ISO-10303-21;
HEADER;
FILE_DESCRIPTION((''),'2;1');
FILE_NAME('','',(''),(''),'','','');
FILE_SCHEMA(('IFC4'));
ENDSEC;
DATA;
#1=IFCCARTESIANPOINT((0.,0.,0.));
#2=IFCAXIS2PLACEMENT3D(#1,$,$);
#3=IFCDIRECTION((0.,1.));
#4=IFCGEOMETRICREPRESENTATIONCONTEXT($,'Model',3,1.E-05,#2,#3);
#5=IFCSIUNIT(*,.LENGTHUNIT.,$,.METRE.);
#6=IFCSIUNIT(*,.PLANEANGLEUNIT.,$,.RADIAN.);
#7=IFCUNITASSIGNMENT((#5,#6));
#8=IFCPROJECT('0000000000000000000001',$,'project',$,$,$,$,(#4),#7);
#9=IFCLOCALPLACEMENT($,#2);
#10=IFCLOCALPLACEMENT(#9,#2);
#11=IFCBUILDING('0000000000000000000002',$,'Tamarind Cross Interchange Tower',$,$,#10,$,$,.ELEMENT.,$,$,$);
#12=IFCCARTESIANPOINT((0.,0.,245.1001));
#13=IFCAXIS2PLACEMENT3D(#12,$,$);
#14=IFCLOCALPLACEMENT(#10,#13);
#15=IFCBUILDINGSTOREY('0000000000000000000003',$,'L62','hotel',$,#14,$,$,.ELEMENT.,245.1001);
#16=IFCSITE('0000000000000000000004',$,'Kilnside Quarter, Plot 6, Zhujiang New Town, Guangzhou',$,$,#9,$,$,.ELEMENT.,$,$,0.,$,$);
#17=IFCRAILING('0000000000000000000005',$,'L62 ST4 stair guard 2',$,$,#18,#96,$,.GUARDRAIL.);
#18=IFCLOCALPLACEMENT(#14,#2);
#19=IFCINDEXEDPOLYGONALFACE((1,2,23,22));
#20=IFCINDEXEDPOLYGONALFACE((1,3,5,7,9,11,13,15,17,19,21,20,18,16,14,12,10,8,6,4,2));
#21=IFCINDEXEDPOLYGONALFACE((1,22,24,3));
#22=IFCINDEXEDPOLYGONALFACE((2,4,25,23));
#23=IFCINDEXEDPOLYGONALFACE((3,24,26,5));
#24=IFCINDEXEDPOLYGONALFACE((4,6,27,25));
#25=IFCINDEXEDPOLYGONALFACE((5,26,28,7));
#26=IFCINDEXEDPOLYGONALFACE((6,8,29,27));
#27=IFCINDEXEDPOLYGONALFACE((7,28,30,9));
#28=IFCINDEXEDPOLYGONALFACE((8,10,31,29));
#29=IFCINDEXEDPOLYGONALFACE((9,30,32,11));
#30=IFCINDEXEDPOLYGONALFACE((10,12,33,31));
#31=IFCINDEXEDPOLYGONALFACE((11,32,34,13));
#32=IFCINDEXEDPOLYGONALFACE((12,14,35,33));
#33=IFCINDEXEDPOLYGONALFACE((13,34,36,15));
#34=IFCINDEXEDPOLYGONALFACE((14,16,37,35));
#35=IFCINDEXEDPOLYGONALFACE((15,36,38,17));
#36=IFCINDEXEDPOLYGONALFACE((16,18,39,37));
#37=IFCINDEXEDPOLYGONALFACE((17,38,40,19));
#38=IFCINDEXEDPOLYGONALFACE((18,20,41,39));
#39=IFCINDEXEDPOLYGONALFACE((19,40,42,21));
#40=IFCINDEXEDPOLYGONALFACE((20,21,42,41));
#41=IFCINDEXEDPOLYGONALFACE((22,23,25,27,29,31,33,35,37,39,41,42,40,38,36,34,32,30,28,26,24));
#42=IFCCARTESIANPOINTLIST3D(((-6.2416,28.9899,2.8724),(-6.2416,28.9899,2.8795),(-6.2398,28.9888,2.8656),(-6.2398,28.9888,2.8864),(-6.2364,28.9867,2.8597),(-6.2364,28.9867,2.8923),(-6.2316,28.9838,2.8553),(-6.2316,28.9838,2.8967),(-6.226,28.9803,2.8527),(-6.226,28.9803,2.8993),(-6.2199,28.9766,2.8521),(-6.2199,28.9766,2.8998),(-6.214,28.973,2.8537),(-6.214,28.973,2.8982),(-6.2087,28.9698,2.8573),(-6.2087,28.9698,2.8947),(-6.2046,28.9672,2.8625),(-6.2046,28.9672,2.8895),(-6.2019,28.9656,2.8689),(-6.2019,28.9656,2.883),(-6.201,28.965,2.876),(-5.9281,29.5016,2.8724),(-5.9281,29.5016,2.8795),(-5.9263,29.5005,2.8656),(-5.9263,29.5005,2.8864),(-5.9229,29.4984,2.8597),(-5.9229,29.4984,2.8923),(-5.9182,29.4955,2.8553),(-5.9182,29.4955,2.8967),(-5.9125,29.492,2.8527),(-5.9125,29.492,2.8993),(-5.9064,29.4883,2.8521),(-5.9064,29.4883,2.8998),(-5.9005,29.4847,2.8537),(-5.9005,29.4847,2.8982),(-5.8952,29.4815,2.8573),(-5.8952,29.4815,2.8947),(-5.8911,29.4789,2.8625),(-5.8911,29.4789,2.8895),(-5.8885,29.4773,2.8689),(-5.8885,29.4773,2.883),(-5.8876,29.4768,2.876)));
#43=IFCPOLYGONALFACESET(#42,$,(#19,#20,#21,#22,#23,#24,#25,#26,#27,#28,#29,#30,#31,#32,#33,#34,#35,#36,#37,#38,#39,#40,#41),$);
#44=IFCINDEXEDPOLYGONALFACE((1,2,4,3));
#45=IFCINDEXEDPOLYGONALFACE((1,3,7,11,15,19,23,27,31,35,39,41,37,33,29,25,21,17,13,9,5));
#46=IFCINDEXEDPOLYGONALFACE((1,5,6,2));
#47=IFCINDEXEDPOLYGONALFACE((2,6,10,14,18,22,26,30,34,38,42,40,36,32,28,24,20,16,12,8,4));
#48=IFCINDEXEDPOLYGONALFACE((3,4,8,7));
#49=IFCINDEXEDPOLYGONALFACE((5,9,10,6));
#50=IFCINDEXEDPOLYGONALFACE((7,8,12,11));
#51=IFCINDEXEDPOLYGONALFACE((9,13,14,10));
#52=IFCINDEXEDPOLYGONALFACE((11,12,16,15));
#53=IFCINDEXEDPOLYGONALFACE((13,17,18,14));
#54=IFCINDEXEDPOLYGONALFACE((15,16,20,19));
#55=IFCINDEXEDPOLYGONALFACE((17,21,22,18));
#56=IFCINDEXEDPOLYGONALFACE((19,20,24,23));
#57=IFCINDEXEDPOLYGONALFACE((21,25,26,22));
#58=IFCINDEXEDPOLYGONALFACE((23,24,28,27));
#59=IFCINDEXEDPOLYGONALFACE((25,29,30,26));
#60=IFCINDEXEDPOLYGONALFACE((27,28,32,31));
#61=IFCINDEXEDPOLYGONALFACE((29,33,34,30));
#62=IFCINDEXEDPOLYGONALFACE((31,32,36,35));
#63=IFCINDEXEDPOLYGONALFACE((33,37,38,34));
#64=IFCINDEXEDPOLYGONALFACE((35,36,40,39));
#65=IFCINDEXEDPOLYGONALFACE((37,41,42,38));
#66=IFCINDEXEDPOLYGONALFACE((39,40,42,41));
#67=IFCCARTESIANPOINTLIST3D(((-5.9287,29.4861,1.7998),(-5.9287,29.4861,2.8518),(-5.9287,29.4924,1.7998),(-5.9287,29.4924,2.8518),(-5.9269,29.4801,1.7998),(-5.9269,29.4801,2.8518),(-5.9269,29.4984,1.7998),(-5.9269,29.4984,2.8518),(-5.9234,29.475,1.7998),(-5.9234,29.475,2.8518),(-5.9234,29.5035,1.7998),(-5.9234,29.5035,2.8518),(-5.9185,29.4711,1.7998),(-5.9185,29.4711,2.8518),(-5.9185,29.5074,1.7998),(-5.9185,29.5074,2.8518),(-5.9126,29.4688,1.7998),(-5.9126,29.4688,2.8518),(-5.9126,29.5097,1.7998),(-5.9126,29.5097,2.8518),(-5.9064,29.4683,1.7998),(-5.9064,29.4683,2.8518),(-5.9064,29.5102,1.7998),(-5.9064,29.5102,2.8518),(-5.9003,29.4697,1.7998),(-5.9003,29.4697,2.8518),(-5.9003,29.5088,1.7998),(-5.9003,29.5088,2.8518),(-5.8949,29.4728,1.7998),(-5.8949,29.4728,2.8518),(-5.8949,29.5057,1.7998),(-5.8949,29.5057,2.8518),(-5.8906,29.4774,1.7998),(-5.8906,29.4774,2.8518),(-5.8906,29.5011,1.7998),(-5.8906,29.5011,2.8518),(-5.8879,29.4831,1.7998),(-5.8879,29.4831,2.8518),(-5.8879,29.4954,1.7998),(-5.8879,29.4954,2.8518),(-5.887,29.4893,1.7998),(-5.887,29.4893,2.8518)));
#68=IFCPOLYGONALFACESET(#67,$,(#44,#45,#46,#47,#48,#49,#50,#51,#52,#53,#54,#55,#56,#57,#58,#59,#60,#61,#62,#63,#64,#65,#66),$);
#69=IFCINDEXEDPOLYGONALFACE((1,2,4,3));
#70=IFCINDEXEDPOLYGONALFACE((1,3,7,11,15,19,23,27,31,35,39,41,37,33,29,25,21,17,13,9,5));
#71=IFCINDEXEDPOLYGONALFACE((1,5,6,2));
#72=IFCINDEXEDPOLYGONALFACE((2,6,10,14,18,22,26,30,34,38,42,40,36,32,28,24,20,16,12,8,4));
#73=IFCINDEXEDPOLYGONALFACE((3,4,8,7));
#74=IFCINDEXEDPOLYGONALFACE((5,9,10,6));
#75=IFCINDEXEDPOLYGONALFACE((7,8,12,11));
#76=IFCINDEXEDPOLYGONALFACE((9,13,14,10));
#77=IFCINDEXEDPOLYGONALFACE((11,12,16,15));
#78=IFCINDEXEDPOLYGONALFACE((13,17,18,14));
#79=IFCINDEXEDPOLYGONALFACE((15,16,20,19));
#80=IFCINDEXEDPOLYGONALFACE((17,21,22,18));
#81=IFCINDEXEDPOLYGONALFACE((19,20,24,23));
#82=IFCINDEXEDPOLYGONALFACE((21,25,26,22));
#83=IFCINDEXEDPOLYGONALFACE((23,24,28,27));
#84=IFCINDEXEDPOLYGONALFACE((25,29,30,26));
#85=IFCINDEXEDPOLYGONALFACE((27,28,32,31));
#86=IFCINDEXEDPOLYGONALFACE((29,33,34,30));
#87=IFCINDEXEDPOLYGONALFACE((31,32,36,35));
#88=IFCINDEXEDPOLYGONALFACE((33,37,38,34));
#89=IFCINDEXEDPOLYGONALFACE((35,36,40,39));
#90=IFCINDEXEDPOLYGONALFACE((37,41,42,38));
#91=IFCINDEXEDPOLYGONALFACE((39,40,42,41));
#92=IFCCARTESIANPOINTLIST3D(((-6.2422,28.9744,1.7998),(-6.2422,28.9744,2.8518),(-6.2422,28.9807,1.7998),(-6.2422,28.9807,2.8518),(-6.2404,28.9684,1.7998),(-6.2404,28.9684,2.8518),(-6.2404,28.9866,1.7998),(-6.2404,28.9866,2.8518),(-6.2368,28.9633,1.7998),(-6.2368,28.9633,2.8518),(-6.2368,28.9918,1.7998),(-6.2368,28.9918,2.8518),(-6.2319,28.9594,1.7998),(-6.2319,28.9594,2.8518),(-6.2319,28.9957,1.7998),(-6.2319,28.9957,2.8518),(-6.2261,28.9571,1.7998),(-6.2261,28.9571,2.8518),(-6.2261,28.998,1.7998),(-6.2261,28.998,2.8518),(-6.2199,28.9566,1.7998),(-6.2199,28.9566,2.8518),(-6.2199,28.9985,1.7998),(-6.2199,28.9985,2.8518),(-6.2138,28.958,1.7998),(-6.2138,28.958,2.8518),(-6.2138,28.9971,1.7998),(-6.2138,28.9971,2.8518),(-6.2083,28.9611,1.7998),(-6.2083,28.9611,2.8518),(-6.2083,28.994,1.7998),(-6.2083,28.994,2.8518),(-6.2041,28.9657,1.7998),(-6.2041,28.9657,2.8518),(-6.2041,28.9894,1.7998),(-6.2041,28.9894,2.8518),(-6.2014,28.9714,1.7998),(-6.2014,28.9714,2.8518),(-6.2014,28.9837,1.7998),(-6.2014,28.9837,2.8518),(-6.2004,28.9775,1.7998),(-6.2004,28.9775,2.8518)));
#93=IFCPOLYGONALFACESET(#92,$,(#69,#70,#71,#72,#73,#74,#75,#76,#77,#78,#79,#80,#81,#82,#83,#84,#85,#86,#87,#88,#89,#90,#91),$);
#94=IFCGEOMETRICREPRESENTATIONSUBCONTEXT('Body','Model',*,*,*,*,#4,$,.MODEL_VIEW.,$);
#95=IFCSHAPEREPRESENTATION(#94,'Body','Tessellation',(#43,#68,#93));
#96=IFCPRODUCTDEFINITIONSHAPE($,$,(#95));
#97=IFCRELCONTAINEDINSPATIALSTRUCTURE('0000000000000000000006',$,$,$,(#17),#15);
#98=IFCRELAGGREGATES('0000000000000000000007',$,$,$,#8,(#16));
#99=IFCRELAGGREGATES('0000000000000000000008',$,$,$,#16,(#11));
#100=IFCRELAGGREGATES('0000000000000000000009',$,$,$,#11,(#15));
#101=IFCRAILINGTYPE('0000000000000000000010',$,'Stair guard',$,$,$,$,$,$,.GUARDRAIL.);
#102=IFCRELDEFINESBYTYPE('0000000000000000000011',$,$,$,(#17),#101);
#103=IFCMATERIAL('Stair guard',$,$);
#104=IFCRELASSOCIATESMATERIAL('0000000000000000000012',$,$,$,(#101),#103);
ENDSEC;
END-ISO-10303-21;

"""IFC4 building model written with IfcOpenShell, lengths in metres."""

from ifc_helpers import new_model, si_unit, direction, frame, origin, origin_2d, place, context, subcontext, project, spatial, circle, extrude, material, type_object, element, save


model = new_model("IFC4")

# Units and contexts
model_context = context("Model", 3, precision=1e-05, world=origin(), true_north=direction((0.0, 1.0)))
body_context = subcontext(model_context, "Body", "Model", "MODEL_VIEW")
ifc_project = project(units=[si_unit("LENGTHUNIT", "METRE"), si_unit("PLANEANGLEUNIT", "RADIAN")], contexts=[model_context])

# Site, building, storey
site_placement = place(None, origin())
site = spatial("IfcSite", under=ifc_project, at=site_placement, Name="Kilnside Quarter, Plot 6, Zhujiang New Town, Guangzhou", CompositionType="ELEMENT", RefElevation=0.0)
building_placement = place(site_placement, origin())
building = spatial("IfcBuilding", under=site, at=building_placement, Name="Tamarind Cross Interchange Tower", CompositionType="ELEMENT")
storey_placement = place(building_placement, frame((0.0, 0.0, 245.1001)))
storey = spatial("IfcBuildingStorey", under=building, at=storey_placement, Name="L62", Description="hotel", CompositionType="ELEMENT", Elevation=245.1001)

# Railing
ifc_material_1 = material(Name="Stair guard")
railing_type_1 = type_object("IfcRailingType", Name="Stair guard", PredefinedType="GUARDRAIL", material=ifc_material_1)
railing_1_placement = place(storey_placement, frame((-5.908, 29.4893, 1.7998)))
element("IfcRailing", 1, at=railing_1_placement, inside=storey, type_object=railing_type_1, Name="L62 ST4 stair guard 2", PredefinedType="GUARDRAIL", context=body_context, shape_type="SweptSolid", body=[
    extrude(circle(Radius=0.0239, at=origin_2d()), frame((0.0, 0.0, 1.0762), z_axis=(-0.522371, -0.852718, 0.0), x_axis=(0.852718, -0.522371, 0.0)), (0.0, 0.0, 1.0), 0.6001),
    extrude(circle(Radius=0.021, at=origin_2d()), origin(), (0.0, 0.0, 1.0), 1.052),
    extrude(circle(Radius=0.021, at=origin_2d()), frame((-0.3135, -0.5117, 0.0)), (0.0, 0.0, 1.0), 1.052),
])

save(model, "model.ifc")
